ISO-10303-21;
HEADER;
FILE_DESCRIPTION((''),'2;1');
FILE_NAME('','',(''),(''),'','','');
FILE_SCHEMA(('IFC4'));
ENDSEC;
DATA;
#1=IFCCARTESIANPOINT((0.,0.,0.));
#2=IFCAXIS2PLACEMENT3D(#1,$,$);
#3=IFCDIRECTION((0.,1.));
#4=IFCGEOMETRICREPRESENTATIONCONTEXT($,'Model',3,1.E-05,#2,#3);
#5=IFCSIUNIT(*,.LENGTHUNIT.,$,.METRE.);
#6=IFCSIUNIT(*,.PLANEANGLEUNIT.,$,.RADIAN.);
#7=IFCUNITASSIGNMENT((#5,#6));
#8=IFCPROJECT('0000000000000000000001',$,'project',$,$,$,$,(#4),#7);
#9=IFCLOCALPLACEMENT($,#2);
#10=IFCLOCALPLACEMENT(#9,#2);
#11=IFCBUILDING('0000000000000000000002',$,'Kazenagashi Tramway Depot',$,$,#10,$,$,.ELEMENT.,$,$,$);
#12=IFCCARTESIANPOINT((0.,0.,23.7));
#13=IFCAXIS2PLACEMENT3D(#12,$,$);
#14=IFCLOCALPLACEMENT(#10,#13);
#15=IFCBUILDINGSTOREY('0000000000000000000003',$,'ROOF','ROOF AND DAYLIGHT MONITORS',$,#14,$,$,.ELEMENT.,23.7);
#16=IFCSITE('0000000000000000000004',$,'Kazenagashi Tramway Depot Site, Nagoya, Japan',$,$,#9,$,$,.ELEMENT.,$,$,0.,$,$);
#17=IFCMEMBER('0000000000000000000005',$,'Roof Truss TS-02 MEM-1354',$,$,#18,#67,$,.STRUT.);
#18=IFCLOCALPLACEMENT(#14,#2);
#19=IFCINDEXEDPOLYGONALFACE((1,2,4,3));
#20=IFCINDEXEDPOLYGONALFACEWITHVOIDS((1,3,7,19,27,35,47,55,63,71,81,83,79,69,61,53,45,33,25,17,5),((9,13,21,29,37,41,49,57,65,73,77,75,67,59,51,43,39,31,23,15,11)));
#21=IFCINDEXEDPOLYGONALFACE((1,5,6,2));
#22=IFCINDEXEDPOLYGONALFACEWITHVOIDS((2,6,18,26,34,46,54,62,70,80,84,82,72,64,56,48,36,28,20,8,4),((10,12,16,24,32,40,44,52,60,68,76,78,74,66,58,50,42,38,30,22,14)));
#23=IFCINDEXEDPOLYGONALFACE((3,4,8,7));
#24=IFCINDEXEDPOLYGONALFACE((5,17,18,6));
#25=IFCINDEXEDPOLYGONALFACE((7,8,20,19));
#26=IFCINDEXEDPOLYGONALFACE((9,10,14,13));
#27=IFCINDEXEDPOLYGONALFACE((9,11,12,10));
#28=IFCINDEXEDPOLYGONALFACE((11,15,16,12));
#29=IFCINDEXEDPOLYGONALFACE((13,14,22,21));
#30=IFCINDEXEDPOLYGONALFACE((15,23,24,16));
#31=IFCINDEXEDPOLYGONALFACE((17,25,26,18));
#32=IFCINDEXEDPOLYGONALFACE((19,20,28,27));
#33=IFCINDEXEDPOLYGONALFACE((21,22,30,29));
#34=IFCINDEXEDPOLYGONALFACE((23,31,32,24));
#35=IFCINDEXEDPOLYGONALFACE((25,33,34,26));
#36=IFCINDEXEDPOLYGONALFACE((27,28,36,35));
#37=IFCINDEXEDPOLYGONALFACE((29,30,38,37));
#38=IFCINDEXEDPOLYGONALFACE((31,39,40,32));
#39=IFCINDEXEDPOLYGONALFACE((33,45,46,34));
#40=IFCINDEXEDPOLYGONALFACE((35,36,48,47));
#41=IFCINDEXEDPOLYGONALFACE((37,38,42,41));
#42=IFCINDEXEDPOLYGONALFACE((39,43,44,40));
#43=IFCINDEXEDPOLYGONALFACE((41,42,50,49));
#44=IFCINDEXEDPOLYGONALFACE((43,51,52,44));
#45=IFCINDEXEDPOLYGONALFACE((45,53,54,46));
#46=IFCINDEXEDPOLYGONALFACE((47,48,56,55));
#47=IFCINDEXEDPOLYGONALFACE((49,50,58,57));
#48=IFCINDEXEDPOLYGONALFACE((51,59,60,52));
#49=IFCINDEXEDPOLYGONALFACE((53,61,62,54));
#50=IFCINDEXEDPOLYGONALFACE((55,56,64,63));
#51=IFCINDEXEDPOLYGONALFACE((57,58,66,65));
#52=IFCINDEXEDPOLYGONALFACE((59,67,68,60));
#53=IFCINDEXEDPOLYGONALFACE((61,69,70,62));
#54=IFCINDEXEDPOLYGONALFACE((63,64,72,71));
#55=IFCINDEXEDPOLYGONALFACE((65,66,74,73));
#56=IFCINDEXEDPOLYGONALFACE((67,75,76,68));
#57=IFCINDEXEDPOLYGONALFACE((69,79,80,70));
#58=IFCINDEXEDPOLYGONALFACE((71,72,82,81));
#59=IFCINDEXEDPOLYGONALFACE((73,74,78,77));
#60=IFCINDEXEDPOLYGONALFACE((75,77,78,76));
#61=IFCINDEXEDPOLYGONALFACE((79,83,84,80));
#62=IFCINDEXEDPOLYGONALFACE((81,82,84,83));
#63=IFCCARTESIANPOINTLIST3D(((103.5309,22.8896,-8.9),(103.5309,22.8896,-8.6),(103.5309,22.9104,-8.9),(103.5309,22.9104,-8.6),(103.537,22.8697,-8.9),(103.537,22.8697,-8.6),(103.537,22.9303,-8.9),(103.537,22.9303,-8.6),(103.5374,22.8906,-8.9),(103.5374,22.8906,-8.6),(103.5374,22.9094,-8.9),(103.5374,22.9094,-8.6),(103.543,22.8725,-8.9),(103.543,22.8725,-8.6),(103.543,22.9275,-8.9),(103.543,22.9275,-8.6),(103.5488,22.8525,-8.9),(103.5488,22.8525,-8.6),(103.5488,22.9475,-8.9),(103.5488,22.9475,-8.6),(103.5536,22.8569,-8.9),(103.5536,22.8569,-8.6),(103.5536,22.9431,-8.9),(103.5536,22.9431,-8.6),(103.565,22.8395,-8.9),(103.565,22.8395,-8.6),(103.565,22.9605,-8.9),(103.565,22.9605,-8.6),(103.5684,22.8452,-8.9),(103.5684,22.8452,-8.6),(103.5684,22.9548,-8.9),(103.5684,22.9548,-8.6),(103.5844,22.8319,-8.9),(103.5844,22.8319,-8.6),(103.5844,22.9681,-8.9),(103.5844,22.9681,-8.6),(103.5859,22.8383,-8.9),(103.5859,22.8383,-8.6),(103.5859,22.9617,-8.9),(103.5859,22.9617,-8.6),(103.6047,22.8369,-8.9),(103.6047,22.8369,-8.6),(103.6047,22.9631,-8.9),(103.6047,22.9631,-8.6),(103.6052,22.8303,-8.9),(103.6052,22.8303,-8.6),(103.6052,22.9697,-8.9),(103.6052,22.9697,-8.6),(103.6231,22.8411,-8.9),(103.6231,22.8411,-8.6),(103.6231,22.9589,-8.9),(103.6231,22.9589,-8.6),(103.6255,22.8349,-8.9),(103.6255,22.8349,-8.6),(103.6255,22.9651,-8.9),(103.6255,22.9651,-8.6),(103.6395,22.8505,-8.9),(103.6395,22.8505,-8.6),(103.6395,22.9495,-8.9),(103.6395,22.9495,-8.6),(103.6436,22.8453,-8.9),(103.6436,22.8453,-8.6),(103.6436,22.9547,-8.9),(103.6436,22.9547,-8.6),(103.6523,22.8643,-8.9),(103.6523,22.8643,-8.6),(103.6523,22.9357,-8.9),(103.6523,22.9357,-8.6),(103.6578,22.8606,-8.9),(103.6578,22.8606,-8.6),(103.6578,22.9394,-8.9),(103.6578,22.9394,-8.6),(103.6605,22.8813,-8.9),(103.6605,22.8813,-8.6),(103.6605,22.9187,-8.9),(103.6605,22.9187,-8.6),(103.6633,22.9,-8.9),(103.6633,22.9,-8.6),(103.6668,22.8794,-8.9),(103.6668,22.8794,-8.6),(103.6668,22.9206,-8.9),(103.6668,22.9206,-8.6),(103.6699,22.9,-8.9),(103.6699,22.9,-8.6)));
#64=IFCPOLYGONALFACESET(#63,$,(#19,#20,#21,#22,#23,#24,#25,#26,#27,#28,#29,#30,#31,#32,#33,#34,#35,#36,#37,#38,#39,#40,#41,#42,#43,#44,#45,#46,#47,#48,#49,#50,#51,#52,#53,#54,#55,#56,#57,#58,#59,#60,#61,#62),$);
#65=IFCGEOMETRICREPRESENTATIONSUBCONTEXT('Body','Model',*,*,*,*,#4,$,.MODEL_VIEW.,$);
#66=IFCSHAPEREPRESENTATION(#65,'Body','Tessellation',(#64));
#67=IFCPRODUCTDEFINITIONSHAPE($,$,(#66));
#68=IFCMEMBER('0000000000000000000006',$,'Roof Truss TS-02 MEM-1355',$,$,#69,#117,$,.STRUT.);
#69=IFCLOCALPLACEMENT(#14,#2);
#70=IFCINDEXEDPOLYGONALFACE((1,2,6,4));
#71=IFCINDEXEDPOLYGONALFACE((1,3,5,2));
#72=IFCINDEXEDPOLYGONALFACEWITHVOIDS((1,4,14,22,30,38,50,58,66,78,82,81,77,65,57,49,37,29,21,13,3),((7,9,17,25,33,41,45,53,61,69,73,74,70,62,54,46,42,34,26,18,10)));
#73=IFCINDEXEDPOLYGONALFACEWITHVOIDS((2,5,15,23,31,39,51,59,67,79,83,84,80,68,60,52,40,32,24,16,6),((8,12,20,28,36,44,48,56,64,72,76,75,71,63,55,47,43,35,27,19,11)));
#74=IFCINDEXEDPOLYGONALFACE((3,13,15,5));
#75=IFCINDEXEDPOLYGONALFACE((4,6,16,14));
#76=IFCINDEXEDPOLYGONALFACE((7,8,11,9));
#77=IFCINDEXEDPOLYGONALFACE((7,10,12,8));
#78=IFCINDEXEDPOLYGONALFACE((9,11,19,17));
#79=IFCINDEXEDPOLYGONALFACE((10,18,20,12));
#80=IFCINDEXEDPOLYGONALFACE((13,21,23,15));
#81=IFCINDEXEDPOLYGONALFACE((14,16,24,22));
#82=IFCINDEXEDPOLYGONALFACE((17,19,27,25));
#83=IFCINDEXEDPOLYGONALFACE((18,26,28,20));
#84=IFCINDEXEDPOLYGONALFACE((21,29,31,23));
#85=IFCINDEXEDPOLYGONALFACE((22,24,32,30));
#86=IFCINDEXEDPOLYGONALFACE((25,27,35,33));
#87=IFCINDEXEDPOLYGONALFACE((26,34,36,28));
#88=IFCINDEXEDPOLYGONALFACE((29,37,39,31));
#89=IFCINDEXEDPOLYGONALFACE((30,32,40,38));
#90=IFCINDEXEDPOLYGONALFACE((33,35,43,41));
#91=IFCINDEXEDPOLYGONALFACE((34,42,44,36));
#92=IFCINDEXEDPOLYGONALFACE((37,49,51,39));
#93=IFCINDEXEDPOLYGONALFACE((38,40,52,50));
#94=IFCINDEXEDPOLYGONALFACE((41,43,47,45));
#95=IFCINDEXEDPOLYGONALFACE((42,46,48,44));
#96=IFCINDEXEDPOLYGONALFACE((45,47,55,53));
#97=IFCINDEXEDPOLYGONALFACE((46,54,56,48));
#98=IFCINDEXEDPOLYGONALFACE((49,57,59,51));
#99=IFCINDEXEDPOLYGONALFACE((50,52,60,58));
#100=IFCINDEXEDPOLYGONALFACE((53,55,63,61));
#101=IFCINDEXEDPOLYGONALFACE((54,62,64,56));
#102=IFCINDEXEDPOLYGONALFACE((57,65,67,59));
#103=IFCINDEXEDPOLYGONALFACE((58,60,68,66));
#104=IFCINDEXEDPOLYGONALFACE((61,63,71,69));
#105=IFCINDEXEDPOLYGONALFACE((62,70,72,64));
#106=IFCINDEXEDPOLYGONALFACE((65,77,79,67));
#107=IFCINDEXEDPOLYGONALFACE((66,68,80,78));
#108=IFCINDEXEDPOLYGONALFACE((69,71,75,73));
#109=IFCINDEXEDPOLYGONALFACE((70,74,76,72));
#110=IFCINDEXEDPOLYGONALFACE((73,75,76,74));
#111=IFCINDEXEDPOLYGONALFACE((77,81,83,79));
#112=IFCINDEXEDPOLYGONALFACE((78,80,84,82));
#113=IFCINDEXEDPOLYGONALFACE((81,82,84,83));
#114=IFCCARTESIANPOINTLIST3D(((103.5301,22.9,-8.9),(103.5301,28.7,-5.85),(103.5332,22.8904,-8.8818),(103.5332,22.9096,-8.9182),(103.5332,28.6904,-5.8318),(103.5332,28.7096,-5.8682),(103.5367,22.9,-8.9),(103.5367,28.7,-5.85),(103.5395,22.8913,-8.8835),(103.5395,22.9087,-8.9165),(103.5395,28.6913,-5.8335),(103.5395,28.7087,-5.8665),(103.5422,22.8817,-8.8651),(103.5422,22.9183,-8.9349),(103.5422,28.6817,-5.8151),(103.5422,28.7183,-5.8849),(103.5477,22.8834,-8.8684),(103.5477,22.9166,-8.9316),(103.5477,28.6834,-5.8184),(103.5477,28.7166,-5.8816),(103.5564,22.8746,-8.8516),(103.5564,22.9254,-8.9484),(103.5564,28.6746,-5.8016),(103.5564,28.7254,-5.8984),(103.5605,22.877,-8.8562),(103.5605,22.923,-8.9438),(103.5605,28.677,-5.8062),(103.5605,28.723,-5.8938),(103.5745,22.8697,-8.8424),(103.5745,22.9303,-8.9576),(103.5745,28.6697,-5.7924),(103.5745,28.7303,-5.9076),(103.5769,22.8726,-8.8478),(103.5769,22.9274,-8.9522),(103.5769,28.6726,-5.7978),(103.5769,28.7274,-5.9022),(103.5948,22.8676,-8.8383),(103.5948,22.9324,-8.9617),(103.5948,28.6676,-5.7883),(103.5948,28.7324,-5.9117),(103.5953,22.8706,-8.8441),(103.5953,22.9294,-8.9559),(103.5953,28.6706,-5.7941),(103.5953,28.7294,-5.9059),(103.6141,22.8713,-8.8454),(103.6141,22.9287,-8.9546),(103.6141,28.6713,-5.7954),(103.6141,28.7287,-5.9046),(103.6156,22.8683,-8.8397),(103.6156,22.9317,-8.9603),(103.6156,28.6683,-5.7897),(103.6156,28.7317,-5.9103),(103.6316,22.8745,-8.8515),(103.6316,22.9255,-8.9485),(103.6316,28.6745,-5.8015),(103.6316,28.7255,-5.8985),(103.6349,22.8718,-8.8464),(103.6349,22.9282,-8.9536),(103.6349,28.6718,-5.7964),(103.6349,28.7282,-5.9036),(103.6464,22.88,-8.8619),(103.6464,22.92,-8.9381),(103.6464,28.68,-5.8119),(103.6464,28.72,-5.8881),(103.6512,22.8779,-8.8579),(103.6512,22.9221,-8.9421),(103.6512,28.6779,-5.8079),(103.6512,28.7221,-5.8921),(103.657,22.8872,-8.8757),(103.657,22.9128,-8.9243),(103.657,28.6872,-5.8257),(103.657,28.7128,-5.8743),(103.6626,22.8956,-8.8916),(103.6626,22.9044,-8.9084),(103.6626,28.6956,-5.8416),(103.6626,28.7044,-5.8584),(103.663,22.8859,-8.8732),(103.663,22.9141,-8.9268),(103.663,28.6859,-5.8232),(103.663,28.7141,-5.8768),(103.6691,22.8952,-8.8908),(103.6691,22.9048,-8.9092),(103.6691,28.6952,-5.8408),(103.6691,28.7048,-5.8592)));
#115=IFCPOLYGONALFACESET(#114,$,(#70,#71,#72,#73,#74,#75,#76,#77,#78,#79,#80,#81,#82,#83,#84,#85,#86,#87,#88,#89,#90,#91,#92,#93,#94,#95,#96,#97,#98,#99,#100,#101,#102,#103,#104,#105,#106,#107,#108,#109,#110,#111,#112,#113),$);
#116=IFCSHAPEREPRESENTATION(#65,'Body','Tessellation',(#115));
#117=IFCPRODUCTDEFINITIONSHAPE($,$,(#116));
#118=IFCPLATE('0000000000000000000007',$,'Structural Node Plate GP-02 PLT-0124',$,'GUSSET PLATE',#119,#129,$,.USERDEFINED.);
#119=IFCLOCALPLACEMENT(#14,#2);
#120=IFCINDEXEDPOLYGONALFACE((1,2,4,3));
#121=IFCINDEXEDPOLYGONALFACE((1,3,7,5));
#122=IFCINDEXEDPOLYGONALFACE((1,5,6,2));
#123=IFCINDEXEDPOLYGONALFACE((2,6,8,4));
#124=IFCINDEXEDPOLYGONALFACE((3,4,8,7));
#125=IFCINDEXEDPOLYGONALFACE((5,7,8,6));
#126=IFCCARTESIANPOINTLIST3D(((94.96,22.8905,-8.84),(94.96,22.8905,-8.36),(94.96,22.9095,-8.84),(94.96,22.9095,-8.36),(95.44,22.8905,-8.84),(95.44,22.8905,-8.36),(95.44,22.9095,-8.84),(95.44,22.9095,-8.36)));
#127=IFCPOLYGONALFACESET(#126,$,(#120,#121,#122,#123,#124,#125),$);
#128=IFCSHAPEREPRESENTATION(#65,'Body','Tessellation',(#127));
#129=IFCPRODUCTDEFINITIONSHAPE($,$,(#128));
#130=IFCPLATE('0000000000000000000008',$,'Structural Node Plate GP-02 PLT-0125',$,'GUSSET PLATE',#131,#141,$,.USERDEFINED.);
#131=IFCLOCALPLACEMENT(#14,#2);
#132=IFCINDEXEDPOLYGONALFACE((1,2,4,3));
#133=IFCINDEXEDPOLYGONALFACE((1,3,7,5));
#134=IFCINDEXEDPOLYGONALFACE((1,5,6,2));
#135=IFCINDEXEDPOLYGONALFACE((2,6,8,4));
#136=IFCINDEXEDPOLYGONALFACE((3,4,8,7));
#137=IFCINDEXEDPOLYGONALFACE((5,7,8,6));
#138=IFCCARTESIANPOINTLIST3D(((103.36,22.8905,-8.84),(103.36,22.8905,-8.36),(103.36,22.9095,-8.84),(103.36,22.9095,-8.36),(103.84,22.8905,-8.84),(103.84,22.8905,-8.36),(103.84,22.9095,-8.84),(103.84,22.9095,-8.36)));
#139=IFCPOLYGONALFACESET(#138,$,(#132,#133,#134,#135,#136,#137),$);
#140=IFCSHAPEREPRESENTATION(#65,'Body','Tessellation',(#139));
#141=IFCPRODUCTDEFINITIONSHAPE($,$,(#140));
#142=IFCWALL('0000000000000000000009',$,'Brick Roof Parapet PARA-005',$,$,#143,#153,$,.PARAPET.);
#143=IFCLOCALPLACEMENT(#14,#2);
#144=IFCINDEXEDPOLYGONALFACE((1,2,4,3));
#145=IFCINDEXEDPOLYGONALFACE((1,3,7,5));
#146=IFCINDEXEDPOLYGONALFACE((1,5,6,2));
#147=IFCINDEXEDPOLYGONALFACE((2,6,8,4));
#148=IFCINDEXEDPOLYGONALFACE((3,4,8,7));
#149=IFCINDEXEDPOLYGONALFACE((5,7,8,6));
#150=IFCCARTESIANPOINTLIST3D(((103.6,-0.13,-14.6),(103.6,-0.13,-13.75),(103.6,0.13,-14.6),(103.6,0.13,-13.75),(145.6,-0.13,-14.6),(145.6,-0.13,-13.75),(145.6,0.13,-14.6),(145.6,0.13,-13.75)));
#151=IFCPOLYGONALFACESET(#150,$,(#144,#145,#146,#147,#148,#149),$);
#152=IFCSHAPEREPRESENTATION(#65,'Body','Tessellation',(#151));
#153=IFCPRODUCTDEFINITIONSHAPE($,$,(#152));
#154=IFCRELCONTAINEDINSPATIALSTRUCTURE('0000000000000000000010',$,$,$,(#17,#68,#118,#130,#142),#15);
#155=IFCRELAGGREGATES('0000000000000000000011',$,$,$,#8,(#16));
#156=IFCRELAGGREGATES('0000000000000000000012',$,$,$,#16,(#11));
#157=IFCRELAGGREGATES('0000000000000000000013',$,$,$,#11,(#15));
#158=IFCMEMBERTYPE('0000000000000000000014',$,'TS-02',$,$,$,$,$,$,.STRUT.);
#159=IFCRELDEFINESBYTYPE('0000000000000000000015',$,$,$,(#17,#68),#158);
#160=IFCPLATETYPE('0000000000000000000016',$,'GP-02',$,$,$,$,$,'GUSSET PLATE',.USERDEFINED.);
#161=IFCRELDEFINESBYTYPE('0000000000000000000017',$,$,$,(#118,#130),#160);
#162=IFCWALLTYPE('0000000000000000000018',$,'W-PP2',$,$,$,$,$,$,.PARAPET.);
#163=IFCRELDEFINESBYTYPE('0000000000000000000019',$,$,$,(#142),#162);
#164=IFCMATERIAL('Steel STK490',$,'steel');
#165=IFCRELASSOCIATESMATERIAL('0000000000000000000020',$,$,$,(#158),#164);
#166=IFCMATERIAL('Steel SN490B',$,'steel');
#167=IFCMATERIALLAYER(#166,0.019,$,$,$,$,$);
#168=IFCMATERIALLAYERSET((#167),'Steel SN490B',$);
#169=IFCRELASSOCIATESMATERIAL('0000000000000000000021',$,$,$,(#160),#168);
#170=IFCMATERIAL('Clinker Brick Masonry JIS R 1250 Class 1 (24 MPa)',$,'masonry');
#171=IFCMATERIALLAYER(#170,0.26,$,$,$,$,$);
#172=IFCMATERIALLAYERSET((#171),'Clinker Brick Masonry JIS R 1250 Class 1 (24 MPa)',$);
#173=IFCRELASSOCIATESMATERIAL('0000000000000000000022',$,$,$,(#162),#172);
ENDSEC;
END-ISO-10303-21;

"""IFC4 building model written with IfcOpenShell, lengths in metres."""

from ifc_helpers import new_model, si_unit, direction, frame, frame_2d, origin, origin_2d, place, context, subcontext, project, spatial, rectangle, hollow_circle, extrude, material, layer, layer_set, material_profile, profile_set, type_object, element, save


model = new_model("IFC4")

# Units and contexts
model_context = context("Model", 3, precision=1e-05, world=origin(), true_north=direction((0.0, 1.0)))
body_context = subcontext(model_context, "Body", "Model", "MODEL_VIEW")
ifc_project = project(units=[si_unit("LENGTHUNIT", "METRE"), si_unit("PLANEANGLEUNIT", "RADIAN")], contexts=[model_context])

# Site, building, storey
site_placement = place(None, origin())
site = spatial("IfcSite", under=ifc_project, at=site_placement, Name="Kazenagashi Tramway Depot Site, Nagoya, Japan", CompositionType="ELEMENT", RefElevation=0.0)
building_placement = place(site_placement, origin())
building = spatial("IfcBuilding", under=site, at=building_placement, Name="Kazenagashi Tramway Depot", CompositionType="ELEMENT")
storey_placement = place(building_placement, frame((0.0, 0.0, 23.7)))
storey = spatial("IfcBuildingStorey", under=building, at=storey_placement, Name="ROOF", Description="ROOF AND DAYLIGHT MONITORS", CompositionType="ELEMENT", Elevation=23.7)

# Shared definitions
ifc_material_1 = material(Name="Steel SN490B", Category="steel")

# Members
ifc_material_2 = material(Name="Steel STK490", Category="steel")
ifc_material_profile_1 = material_profile(ifc_material_2, hollow_circle(Radius=0.0699, WallThickness=0.0066, at=origin_2d()), Name="CHS-139.8x6.6")
ifc_profile_set_1 = profile_set([ifc_material_profile_1], Name="Steel STK490")
member_type_1 = type_object("IfcMemberType", Name="TS-02", PredefinedType="STRUT", material=ifc_profile_set_1)
for number, where, z_axis, x_axis, name in (
    (1, (103.6, 22.9, -8.9), (0.0, 0.0, 1.0), (1.0, 0.0, 0.0), "Roof Truss TS-02 MEM-1354"),
):
    element("IfcMember", number, at=place(storey_placement, frame(where, z_axis=z_axis, x_axis=x_axis)), inside=storey, type_object=member_type_1, Name=name, PredefinedType="STRUT", context=body_context, shape_type="SweptSolid", body=[
        extrude(hollow_circle(Radius=0.0699, WallThickness=0.0066, at=origin_2d()), origin(), (0.0, 0.0, 1.0), 0.3),
    ])
member_1_placement = place(storey_placement, frame((103.6, 22.9, -8.9), z_axis=(0.0, 0.885084, 0.465432), x_axis=(-1.0, 0.0, 0.0)))
element("IfcMember", 2, at=member_1_placement, inside=storey, type_object=member_type_1, Name="Roof Truss TS-02 MEM-1355", PredefinedType="STRUT", context=body_context, shape_type="SweptSolid", body=[
    extrude(hollow_circle(Radius=0.0699, WallThickness=0.0066, at=origin_2d()), origin(), (0.0, 0.0, 1.0), 6.5531),
])

# Plates
ifc_layer_1 = layer(ifc_material_1, 0.019)
ifc_layer_set_1 = layer_set([ifc_layer_1], Name="Steel SN490B")
plate_type = type_object("IfcPlateType", Name="GP-02", ElementType="GUSSET PLATE", PredefinedType="USERDEFINED", material=ifc_layer_set_1)
for number, where, z_axis, x_axis, name in (
    (3, (95.2, 22.9, -8.84), (0.0, 0.0, 1.0), (1.0, 0.0, 0.0), "Structural Node Plate GP-02 PLT-0124"),
    (4, (103.6, 22.9, -8.84), (0.0, 0.0, 1.0), (1.0, 0.0, 0.0), "Structural Node Plate GP-02 PLT-0125"),
):
    element("IfcPlate", number, at=place(storey_placement, frame(where, z_axis=z_axis, x_axis=x_axis)), inside=storey, type_object=plate_type, Name=name, ObjectType="GUSSET PLATE", PredefinedType="USERDEFINED", context=body_context, shape_type="SweptSolid", body=[
        extrude(rectangle(XDim=0.48, YDim=0.019, at=origin_2d()), origin(), (0.0, 0.0, 1.0), 0.48),
    ])

# Wall
ifc_material_3 = material(Name="Clinker Brick Masonry JIS R 1250 Class 1 (24 MPa)", Category="masonry")
ifc_layer_2 = layer(ifc_material_3, 0.26)
ifc_layer_set_2 = layer_set([ifc_layer_2], Name="Clinker Brick Masonry JIS R 1250 Class 1 (24 MPa)")
wall_type = type_object("IfcWallType", Name="W-PP2", PredefinedType="PARAPET", material=ifc_layer_set_2)
wall_placement = place(storey_placement, frame((103.6, 0.0, -14.6), z_axis=(0.0, 0.0, 1.0), x_axis=(1.0, 0.0, 0.0)))
element("IfcWall", 5, at=wall_placement, inside=storey, type_object=wall_type, Name="Brick Roof Parapet PARA-005", PredefinedType="PARAPET", context=body_context, shape_type="SweptSolid", body=[
    extrude(rectangle(XDim=42.0, YDim=0.26, at=frame_2d((21.0, 0.0))), origin(), (0.0, 0.0, 1.0), 0.85),
])

save(model, "model.ifc")
